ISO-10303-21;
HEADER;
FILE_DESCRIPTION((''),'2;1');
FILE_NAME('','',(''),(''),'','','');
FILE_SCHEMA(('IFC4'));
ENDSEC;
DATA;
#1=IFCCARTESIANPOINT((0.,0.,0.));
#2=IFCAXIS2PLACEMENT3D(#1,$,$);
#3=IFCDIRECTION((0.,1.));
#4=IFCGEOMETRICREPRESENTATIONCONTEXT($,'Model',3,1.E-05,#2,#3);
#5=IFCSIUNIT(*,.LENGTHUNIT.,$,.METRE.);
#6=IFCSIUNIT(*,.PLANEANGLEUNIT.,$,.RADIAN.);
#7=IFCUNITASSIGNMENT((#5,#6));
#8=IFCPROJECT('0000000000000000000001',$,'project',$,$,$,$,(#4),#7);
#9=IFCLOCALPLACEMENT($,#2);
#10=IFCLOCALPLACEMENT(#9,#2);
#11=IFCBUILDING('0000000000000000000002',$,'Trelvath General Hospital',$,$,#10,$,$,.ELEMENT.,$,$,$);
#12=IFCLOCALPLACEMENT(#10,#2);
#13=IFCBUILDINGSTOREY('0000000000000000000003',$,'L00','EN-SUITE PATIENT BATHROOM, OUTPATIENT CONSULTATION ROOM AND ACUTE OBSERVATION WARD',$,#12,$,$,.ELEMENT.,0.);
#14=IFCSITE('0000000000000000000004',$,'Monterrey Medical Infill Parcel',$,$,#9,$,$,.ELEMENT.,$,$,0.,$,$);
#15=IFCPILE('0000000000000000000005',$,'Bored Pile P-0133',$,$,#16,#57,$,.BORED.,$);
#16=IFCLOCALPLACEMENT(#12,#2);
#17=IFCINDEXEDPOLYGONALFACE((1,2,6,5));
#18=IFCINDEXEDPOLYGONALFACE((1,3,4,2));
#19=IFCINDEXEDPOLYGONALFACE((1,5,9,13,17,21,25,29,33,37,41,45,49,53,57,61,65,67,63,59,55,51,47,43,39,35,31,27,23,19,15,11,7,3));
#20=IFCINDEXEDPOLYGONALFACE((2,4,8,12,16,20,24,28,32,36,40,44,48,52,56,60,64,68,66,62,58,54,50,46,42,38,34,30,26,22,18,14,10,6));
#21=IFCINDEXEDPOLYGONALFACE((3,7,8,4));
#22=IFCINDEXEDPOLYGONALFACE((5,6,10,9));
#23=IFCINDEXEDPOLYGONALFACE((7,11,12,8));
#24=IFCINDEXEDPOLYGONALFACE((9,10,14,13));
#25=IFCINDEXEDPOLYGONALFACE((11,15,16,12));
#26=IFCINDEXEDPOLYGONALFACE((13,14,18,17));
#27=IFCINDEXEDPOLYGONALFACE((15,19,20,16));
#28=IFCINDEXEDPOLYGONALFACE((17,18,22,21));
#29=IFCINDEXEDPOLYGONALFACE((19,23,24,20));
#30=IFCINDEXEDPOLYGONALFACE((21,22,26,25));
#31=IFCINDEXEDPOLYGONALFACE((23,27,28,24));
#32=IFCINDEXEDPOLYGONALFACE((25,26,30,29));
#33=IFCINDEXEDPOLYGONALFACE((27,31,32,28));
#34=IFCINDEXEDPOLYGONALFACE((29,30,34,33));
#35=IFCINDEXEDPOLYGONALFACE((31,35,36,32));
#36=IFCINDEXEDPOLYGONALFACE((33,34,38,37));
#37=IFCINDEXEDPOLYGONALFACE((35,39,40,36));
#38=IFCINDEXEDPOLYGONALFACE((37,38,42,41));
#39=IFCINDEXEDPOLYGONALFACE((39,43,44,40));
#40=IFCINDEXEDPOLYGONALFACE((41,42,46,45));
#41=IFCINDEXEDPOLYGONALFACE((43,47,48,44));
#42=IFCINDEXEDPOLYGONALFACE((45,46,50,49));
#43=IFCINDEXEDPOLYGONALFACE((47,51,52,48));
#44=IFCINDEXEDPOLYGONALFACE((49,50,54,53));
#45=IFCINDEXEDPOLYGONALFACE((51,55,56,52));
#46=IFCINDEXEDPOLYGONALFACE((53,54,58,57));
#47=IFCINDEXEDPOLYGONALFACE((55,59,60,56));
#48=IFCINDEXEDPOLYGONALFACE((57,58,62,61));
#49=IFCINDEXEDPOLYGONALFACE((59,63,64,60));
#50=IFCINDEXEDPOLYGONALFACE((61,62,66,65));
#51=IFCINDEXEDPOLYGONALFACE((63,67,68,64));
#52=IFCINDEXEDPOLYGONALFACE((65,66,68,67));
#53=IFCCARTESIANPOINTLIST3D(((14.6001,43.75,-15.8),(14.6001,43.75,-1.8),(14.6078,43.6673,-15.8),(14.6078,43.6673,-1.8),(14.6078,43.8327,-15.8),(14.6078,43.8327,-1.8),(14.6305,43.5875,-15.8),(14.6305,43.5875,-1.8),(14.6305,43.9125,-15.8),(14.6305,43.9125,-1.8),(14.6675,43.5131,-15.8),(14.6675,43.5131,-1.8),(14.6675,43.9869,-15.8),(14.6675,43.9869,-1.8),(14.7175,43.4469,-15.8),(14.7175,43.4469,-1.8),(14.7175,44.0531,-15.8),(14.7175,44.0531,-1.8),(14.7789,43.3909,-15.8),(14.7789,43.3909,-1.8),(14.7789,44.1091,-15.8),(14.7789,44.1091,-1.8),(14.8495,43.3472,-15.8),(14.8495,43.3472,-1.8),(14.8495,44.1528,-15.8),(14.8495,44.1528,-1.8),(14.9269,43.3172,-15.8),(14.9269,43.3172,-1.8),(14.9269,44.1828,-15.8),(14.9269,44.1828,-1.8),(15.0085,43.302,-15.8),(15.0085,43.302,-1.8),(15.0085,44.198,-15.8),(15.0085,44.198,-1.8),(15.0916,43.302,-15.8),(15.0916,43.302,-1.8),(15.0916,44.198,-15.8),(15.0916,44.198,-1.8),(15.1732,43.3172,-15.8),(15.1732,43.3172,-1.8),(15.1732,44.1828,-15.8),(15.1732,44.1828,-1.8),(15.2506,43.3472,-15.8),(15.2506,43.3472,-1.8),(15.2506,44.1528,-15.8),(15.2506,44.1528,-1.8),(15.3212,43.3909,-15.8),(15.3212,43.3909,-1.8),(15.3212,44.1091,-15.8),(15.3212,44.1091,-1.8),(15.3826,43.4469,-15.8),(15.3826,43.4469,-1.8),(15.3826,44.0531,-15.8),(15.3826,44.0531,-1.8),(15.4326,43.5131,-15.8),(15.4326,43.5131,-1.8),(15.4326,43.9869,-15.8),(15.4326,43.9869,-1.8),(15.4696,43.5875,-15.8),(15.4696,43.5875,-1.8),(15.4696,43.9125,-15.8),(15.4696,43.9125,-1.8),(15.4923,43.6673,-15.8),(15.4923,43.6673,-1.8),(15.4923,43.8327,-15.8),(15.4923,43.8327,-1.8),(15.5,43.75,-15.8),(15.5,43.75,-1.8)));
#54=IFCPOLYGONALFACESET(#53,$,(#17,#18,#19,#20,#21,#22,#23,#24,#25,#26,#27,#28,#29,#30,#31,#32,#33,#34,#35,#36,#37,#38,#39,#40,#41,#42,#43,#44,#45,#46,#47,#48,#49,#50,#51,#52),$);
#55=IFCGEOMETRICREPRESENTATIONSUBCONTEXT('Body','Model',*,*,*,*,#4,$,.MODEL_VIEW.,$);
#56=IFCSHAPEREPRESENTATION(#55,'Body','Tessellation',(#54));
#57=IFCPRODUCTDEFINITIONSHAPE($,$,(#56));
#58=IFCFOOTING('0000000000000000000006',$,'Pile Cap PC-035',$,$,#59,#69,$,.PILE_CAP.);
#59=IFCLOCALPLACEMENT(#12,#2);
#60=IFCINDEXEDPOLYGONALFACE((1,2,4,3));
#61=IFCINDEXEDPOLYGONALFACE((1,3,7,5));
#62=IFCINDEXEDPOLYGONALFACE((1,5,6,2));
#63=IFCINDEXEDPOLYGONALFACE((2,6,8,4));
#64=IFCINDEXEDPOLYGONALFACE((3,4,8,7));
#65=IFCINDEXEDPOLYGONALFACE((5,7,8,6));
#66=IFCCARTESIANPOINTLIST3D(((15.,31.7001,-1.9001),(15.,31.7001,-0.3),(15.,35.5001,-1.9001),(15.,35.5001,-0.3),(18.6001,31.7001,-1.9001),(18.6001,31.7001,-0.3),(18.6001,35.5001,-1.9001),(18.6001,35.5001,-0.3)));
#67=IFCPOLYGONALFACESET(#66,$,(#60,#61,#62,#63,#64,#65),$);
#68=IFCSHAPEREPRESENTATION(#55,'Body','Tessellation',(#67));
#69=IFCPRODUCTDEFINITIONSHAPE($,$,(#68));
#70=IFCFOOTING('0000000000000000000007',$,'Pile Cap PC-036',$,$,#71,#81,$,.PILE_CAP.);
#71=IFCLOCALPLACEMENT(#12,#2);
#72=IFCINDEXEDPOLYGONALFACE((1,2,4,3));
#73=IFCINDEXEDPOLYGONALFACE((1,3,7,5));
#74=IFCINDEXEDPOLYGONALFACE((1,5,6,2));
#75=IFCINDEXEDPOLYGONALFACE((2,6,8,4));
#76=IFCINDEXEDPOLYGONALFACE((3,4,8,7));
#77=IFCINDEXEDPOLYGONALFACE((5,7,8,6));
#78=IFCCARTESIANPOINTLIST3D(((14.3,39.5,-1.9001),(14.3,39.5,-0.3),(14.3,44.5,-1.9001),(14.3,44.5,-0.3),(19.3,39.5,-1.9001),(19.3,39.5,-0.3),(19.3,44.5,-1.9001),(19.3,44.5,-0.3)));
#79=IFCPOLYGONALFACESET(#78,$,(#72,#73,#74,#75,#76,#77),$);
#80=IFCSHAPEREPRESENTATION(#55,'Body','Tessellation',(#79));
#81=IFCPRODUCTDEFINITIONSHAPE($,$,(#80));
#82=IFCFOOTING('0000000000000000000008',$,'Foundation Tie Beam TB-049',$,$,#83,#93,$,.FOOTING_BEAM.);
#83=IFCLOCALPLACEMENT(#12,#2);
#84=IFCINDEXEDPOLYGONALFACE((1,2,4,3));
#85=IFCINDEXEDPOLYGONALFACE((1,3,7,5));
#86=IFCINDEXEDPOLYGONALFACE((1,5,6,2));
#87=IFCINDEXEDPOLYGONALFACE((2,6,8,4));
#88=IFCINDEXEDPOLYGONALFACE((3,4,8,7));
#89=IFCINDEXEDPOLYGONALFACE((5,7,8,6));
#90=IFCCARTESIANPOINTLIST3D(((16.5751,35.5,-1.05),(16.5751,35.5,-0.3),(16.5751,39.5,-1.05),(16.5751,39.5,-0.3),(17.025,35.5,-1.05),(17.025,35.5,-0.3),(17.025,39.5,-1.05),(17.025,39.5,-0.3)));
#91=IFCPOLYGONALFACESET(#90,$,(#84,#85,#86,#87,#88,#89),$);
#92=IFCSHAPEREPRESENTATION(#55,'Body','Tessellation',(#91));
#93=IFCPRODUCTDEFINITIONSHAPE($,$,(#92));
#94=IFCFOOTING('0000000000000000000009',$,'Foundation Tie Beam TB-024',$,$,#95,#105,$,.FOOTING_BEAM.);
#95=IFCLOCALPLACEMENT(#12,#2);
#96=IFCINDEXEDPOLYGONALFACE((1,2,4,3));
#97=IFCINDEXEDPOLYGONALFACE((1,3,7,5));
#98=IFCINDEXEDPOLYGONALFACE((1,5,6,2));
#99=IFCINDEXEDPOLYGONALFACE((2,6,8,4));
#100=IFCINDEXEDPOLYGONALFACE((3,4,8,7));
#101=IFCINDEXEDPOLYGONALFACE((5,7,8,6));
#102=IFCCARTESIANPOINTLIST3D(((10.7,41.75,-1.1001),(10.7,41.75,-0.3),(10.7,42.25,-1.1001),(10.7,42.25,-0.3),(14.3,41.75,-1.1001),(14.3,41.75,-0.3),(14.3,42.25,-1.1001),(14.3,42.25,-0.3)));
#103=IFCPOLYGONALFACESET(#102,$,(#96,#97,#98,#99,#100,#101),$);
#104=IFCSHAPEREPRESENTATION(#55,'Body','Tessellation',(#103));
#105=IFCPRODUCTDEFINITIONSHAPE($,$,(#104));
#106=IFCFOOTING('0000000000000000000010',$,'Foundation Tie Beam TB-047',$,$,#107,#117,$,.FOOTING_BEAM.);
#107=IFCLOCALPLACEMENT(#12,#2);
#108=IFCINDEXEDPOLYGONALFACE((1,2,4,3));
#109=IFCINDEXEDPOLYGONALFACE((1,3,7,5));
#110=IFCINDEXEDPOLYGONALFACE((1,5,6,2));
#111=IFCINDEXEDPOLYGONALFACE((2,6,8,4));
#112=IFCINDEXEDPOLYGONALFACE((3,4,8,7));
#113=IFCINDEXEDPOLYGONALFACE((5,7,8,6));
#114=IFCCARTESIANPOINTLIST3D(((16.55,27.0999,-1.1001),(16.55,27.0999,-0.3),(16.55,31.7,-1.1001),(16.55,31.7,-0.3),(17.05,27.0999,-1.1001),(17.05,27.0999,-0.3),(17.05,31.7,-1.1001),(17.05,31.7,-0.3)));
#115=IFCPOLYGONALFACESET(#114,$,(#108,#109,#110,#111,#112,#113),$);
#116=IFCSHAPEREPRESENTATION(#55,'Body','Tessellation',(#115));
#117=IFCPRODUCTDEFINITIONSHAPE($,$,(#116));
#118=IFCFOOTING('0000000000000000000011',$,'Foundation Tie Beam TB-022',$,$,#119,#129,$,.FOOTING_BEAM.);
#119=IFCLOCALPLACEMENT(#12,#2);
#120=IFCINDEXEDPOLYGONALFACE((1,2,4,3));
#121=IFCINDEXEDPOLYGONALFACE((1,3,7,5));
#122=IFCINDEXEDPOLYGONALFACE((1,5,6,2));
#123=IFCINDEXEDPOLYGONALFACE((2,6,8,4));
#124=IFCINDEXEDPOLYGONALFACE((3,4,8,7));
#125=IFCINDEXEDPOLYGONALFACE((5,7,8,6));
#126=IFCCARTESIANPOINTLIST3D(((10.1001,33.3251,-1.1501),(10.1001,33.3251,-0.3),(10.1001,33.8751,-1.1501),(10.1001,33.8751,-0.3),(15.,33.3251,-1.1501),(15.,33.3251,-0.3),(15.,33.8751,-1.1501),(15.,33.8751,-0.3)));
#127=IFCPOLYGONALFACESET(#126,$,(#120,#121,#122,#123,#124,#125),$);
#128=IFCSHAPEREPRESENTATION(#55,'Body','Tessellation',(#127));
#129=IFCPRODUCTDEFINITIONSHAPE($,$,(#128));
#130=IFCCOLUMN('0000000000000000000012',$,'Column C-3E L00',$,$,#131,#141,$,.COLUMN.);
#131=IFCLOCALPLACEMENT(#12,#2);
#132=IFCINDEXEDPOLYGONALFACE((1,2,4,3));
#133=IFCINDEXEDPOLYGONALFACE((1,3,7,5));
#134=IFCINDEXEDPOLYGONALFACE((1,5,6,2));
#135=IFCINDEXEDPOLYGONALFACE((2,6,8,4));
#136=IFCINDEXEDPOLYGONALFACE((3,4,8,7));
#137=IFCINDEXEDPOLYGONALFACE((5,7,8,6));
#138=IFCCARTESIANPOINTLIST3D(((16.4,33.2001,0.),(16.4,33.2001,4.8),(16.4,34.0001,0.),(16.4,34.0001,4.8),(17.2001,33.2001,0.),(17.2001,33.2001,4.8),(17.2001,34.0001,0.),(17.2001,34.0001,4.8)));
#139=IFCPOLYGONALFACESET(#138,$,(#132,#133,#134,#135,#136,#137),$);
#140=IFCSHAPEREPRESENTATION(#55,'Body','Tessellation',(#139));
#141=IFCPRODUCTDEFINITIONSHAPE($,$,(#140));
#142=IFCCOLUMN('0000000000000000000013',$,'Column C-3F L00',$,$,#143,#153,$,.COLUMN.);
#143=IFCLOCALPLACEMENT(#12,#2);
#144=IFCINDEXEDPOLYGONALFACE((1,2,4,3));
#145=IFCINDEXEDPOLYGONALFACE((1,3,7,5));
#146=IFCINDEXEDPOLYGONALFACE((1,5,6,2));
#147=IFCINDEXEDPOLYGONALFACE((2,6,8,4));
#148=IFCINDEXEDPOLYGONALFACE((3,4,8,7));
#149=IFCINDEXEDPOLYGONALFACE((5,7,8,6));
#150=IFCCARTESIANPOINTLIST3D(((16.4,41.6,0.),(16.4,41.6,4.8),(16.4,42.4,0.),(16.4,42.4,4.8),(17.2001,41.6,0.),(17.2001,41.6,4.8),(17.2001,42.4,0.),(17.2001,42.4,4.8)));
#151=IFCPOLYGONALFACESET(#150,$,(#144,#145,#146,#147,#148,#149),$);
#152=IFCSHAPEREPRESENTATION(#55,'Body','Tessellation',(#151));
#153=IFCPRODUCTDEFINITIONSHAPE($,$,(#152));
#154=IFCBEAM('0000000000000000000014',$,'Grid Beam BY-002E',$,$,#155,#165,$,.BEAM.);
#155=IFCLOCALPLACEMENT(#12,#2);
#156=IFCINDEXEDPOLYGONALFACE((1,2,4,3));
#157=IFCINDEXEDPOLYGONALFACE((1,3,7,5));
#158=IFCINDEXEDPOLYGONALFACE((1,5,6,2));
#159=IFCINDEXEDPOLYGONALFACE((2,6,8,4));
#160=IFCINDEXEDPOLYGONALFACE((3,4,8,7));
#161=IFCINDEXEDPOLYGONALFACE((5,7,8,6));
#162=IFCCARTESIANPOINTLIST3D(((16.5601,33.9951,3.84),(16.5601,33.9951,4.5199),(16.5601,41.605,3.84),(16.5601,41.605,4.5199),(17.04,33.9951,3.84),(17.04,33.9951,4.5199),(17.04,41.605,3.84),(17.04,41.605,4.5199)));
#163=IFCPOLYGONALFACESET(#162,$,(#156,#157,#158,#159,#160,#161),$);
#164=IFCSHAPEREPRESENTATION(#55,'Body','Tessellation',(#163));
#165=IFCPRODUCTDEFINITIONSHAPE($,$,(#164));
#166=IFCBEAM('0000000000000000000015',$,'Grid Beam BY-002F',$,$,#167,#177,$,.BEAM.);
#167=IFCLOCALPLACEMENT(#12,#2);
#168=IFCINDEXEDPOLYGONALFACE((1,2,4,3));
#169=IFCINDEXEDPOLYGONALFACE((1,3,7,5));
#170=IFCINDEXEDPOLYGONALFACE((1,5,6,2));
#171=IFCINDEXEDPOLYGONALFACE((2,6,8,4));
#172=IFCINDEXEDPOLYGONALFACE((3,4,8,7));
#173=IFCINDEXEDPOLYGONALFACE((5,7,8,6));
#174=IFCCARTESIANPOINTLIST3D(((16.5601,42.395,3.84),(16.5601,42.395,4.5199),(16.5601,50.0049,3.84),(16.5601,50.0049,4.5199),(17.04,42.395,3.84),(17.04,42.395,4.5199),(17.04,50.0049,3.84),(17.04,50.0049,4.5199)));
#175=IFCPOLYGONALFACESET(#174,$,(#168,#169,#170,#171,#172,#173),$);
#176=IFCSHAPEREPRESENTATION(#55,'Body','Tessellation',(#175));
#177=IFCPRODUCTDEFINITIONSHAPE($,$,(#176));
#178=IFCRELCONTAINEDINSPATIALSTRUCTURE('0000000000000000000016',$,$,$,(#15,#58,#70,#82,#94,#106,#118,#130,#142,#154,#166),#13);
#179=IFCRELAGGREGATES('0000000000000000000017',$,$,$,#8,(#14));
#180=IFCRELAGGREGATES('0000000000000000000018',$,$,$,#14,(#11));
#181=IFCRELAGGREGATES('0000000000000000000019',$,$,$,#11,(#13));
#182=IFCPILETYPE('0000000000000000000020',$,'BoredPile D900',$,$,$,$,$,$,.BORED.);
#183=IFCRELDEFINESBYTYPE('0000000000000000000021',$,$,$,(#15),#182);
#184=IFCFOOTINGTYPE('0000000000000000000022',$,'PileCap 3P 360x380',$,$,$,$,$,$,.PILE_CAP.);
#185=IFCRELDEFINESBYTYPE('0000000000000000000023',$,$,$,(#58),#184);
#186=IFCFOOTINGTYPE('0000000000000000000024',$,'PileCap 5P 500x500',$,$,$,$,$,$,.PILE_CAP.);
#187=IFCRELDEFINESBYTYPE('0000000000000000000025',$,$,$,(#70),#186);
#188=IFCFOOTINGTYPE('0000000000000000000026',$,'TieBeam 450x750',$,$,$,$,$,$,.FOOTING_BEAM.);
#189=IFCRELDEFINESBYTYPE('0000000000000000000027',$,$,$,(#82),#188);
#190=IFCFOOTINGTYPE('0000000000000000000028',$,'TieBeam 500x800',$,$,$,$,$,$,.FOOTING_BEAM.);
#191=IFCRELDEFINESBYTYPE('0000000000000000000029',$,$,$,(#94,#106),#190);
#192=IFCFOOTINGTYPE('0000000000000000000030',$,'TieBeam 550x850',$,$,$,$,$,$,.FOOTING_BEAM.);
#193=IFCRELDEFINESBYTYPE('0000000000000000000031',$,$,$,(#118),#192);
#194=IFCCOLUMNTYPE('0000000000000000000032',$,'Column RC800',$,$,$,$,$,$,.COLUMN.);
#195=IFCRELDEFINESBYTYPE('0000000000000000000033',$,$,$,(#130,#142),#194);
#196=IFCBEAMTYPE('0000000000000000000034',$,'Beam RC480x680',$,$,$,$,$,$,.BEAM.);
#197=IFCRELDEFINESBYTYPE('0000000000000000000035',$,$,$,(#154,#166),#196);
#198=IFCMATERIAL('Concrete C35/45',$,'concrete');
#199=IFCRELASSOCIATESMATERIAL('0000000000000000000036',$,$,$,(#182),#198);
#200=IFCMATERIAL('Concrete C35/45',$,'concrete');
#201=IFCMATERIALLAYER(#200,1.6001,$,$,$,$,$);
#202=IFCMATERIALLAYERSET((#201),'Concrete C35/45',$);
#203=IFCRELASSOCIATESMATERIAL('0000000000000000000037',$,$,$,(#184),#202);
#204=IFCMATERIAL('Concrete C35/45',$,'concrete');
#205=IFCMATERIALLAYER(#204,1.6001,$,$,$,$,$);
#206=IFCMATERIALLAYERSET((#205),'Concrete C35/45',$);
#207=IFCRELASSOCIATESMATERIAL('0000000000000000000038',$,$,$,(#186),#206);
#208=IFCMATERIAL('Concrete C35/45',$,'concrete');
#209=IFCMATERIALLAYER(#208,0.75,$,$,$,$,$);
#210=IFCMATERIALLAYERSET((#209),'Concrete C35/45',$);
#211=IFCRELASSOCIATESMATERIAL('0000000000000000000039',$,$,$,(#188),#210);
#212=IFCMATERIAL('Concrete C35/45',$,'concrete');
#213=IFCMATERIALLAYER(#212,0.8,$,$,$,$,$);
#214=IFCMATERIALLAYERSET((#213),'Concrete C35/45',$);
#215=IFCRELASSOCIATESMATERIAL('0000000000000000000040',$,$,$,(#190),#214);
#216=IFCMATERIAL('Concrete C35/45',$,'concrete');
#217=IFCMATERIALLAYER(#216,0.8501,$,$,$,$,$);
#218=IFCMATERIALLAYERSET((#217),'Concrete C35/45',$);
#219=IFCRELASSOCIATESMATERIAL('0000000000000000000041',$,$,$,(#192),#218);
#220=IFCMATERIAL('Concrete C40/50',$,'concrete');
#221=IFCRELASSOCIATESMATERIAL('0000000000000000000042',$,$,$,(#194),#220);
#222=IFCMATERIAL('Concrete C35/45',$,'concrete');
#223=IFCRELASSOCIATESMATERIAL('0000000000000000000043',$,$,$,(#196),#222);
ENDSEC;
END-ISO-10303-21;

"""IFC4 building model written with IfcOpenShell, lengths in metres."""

from ifc_helpers import new_model, si_unit, direction, frame, origin, origin_2d, place, context, subcontext, project, spatial, rectangle, circle, extrude, material, layer, layer_set, material_profile, profile_set, type_object, element, save


model = new_model("IFC4")

# Units and contexts
model_context = context("Model", 3, precision=1e-05, world=origin(), true_north=direction((0.0, 1.0)))
body_context = subcontext(model_context, "Body", "Model", "MODEL_VIEW")
ifc_project = project(units=[si_unit("LENGTHUNIT", "METRE"), si_unit("PLANEANGLEUNIT", "RADIAN")], contexts=[model_context])

# Site, building, storey
site_placement = place(None, origin())
site = spatial("IfcSite", under=ifc_project, at=site_placement, Name="Monterrey Medical Infill Parcel", CompositionType="ELEMENT", RefElevation=0.0)
building_placement = place(site_placement, origin())
building = spatial("IfcBuilding", under=site, at=building_placement, Name="Trelvath General Hospital", CompositionType="ELEMENT")
storey_placement = place(building_placement, origin())
storey = spatial("IfcBuildingStorey", under=building, at=storey_placement, Name="L00", Description="EN-SUITE PATIENT BATHROOM, OUTPATIENT CONSULTATION ROOM AND ACUTE OBSERVATION WARD", CompositionType="ELEMENT", Elevation=0.0)

# Pile
ifc_material_1 = material(Name="Concrete C35/45", Category="concrete")
ifc_material_profile_1 = material_profile(ifc_material_1, circle(Radius=0.45, at=origin_2d()), Name="PILE900")
ifc_profile_set_1 = profile_set([ifc_material_profile_1], Name="Concrete C35/45")
pile_type_1 = type_object("IfcPileType", Name="BoredPile D900", PredefinedType="BORED", material=ifc_profile_set_1)
for number, where, z_axis, x_axis, name in (
    (1, (15.05, 43.75, -1.8), (0.0, 0.0, -1.0), (1.0, 0.0, 0.0), "Bored Pile P-0133"),
):
    element("IfcPile", number, at=place(storey_placement, frame(where, z_axis=z_axis, x_axis=x_axis)), inside=storey, type_object=pile_type_1, Name=name, PredefinedType="BORED", context=body_context, shape_type="SweptSolid", body=[
        extrude(circle(Radius=0.45, at=origin_2d()), origin(), (0.0, 0.0, 1.0), 14.0),
    ])

# Footings
ifc_material_2 = material(Name="Concrete C35/45", Category="concrete")
ifc_layer_1 = layer(ifc_material_2, 1.6001)
ifc_layer_set_1 = layer_set([ifc_layer_1], Name="Concrete C35/45")
footing_type_1 = type_object("IfcFootingType", Name="PileCap 3P 360x380", PredefinedType="PILE_CAP", material=ifc_layer_set_1)
footing_1_placement = place(storey_placement, frame((16.8, 33.6001, -1.9001), z_axis=(0.0, 0.0, 1.0), x_axis=(1.0, 0.0, 0.0)))
element("IfcFooting", 2, at=footing_1_placement, inside=storey, type_object=footing_type_1, Name="Pile Cap PC-035", PredefinedType="PILE_CAP", context=body_context, shape_type="SweptSolid", body=[
    extrude(rectangle(XDim=3.6001, YDim=3.8, at=origin_2d()), origin(), (0.0, 0.0, 1.0), 1.6001),
])
ifc_material_3 = material(Name="Concrete C35/45", Category="concrete")
ifc_layer_2 = layer(ifc_material_3, 1.6001)
ifc_layer_set_2 = layer_set([ifc_layer_2], Name="Concrete C35/45")
footing_type_2 = type_object("IfcFootingType", Name="PileCap 5P 500x500", PredefinedType="PILE_CAP", material=ifc_layer_set_2)
footing_2_placement = place(storey_placement, frame((16.8, 42.0, -1.9001), z_axis=(0.0, 0.0, 1.0), x_axis=(1.0, 0.0, 0.0)))
element("IfcFooting", 3, at=footing_2_placement, inside=storey, type_object=footing_type_2, Name="Pile Cap PC-036", PredefinedType="PILE_CAP", context=body_context, shape_type="SweptSolid", body=[
    extrude(rectangle(XDim=5.0, YDim=5.0, at=origin_2d()), origin(), (0.0, 0.0, 1.0), 1.6001),
])
ifc_material_4 = material(Name="Concrete C35/45", Category="concrete")
ifc_layer_3 = layer(ifc_material_4, 0.75)
ifc_layer_set_3 = layer_set([ifc_layer_3], Name="Concrete C35/45")
footing_type_3 = type_object("IfcFootingType", Name="TieBeam 450x750", PredefinedType="FOOTING_BEAM", material=ifc_layer_set_3)
footing_3_placement = place(storey_placement, frame((16.8, 37.5, -1.05), z_axis=(0.0, 0.0, 1.0), x_axis=(1.0, 0.0, 0.0)))
element("IfcFooting", 4, at=footing_3_placement, inside=storey, type_object=footing_type_3, Name="Foundation Tie Beam TB-049", PredefinedType="FOOTING_BEAM", context=body_context, shape_type="SweptSolid", body=[
    extrude(rectangle(XDim=0.45, YDim=4.0, at=origin_2d()), origin(), (0.0, 0.0, 1.0), 0.75),
])
ifc_material_5 = material(Name="Concrete C35/45", Category="concrete")
ifc_layer_4 = layer(ifc_material_5, 0.8)
ifc_layer_set_4 = layer_set([ifc_layer_4], Name="Concrete C35/45")
footing_type_4 = type_object("IfcFootingType", Name="TieBeam 500x800", PredefinedType="FOOTING_BEAM", material=ifc_layer_set_4)
footing_4_placement = place(storey_placement, frame((12.5, 42.0, -1.1001), z_axis=(0.0, 0.0, 1.0), x_axis=(1.0, 0.0, 0.0)))
element("IfcFooting", 5, at=footing_4_placement, inside=storey, type_object=footing_type_4, Name="Foundation Tie Beam TB-024", PredefinedType="FOOTING_BEAM", context=body_context, shape_type="SweptSolid", body=[
    extrude(rectangle(XDim=3.6001, YDim=0.5, at=origin_2d()), origin(), (0.0, 0.0, 1.0), 0.8),
])
footing_5_placement = place(storey_placement, frame((16.8, 29.3999, -1.1001), z_axis=(0.0, 0.0, 1.0), x_axis=(1.0, 0.0, 0.0)))
element("IfcFooting", 6, at=footing_5_placement, inside=storey, type_object=footing_type_4, Name="Foundation Tie Beam TB-047", PredefinedType="FOOTING_BEAM", context=body_context, shape_type="SweptSolid", body=[
    extrude(rectangle(XDim=0.5, YDim=4.6001, at=origin_2d()), origin(), (0.0, 0.0, 1.0), 0.8),
])
ifc_material_6 = material(Name="Concrete C35/45", Category="concrete")
ifc_layer_5 = layer(ifc_material_6, 0.8501)
ifc_layer_set_5 = layer_set([ifc_layer_5], Name="Concrete C35/45")
footing_type_5 = type_object("IfcFootingType", Name="TieBeam 550x850", PredefinedType="FOOTING_BEAM", material=ifc_layer_set_5)
footing_6_placement = place(storey_placement, frame((12.55, 33.6001, -1.1501), z_axis=(0.0, 0.0, 1.0), x_axis=(1.0, 0.0, 0.0)))
element("IfcFooting", 7, at=footing_6_placement, inside=storey, type_object=footing_type_5, Name="Foundation Tie Beam TB-022", PredefinedType="FOOTING_BEAM", context=body_context, shape_type="SweptSolid", body=[
    extrude(rectangle(XDim=4.8999, YDim=0.55, at=origin_2d()), origin(), (0.0, 0.0, 1.0), 0.8501),
])

# Columns
ifc_material_7 = material(Name="Concrete C40/50", Category="concrete")
ifc_material_profile_2 = material_profile(ifc_material_7, rectangle(XDim=0.8, YDim=0.8, at=origin_2d()), Name="RC800x800")
ifc_profile_set_2 = profile_set([ifc_material_profile_2], Name="Concrete C40/50")
column_type = type_object("IfcColumnType", Name="Column RC800", PredefinedType="COLUMN", material=ifc_profile_set_2)
for number, where, z_axis, x_axis, name in (
    (8, (16.8, 33.6001, 0.0), (0.0, 0.0, 1.0), (1.0, 0.0, 0.0), "Column C-3E L00"),
    (9, (16.8, 42.0, 0.0), (0.0, 0.0, 1.0), (1.0, 0.0, 0.0), "Column C-3F L00"),
):
    element("IfcColumn", number, at=place(storey_placement, frame(where, z_axis=z_axis, x_axis=x_axis)), inside=storey, type_object=column_type, Name=name, PredefinedType="COLUMN", context=body_context, shape_type="SweptSolid", body=[
        extrude(rectangle(XDim=0.8, YDim=0.8, at=origin_2d()), origin(), (0.0, 0.0, 1.0), 4.8),
    ])

# Beams
ifc_material_8 = material(Name="Concrete C35/45", Category="concrete")
ifc_material_profile_3 = material_profile(ifc_material_8, rectangle(XDim=0.48, YDim=0.6799, at=origin_2d()), Name="RCB480x680")
ifc_profile_set_3 = profile_set([ifc_material_profile_3], Name="Concrete C35/45")
beam_type_1 = type_object("IfcBeamType", Name="Beam RC480x680", PredefinedType="BEAM", material=ifc_profile_set_3)
for number, where, z_axis, x_axis, name in (
    (10, (16.8, 33.9951, 4.1799), (0.0, 1.0, 0.0), (-1.0, 0.0, 0.0), "Grid Beam BY-002E"),
    (11, (16.8, 42.395, 4.1799), (0.0, 1.0, 0.0), (-1.0, 0.0, 0.0), "Grid Beam BY-002F"),
):
    element("IfcBeam", number, at=place(storey_placement, frame(where, z_axis=z_axis, x_axis=x_axis)), inside=storey, type_object=beam_type_1, Name=name, PredefinedType="BEAM", context=body_context, shape_type="SweptSolid", body=[
        extrude(rectangle(XDim=0.48, YDim=0.6799, at=origin_2d()), origin(), (0.0, 0.0, 1.0), 7.6099),
    ])

save(model, "model.ifc")
